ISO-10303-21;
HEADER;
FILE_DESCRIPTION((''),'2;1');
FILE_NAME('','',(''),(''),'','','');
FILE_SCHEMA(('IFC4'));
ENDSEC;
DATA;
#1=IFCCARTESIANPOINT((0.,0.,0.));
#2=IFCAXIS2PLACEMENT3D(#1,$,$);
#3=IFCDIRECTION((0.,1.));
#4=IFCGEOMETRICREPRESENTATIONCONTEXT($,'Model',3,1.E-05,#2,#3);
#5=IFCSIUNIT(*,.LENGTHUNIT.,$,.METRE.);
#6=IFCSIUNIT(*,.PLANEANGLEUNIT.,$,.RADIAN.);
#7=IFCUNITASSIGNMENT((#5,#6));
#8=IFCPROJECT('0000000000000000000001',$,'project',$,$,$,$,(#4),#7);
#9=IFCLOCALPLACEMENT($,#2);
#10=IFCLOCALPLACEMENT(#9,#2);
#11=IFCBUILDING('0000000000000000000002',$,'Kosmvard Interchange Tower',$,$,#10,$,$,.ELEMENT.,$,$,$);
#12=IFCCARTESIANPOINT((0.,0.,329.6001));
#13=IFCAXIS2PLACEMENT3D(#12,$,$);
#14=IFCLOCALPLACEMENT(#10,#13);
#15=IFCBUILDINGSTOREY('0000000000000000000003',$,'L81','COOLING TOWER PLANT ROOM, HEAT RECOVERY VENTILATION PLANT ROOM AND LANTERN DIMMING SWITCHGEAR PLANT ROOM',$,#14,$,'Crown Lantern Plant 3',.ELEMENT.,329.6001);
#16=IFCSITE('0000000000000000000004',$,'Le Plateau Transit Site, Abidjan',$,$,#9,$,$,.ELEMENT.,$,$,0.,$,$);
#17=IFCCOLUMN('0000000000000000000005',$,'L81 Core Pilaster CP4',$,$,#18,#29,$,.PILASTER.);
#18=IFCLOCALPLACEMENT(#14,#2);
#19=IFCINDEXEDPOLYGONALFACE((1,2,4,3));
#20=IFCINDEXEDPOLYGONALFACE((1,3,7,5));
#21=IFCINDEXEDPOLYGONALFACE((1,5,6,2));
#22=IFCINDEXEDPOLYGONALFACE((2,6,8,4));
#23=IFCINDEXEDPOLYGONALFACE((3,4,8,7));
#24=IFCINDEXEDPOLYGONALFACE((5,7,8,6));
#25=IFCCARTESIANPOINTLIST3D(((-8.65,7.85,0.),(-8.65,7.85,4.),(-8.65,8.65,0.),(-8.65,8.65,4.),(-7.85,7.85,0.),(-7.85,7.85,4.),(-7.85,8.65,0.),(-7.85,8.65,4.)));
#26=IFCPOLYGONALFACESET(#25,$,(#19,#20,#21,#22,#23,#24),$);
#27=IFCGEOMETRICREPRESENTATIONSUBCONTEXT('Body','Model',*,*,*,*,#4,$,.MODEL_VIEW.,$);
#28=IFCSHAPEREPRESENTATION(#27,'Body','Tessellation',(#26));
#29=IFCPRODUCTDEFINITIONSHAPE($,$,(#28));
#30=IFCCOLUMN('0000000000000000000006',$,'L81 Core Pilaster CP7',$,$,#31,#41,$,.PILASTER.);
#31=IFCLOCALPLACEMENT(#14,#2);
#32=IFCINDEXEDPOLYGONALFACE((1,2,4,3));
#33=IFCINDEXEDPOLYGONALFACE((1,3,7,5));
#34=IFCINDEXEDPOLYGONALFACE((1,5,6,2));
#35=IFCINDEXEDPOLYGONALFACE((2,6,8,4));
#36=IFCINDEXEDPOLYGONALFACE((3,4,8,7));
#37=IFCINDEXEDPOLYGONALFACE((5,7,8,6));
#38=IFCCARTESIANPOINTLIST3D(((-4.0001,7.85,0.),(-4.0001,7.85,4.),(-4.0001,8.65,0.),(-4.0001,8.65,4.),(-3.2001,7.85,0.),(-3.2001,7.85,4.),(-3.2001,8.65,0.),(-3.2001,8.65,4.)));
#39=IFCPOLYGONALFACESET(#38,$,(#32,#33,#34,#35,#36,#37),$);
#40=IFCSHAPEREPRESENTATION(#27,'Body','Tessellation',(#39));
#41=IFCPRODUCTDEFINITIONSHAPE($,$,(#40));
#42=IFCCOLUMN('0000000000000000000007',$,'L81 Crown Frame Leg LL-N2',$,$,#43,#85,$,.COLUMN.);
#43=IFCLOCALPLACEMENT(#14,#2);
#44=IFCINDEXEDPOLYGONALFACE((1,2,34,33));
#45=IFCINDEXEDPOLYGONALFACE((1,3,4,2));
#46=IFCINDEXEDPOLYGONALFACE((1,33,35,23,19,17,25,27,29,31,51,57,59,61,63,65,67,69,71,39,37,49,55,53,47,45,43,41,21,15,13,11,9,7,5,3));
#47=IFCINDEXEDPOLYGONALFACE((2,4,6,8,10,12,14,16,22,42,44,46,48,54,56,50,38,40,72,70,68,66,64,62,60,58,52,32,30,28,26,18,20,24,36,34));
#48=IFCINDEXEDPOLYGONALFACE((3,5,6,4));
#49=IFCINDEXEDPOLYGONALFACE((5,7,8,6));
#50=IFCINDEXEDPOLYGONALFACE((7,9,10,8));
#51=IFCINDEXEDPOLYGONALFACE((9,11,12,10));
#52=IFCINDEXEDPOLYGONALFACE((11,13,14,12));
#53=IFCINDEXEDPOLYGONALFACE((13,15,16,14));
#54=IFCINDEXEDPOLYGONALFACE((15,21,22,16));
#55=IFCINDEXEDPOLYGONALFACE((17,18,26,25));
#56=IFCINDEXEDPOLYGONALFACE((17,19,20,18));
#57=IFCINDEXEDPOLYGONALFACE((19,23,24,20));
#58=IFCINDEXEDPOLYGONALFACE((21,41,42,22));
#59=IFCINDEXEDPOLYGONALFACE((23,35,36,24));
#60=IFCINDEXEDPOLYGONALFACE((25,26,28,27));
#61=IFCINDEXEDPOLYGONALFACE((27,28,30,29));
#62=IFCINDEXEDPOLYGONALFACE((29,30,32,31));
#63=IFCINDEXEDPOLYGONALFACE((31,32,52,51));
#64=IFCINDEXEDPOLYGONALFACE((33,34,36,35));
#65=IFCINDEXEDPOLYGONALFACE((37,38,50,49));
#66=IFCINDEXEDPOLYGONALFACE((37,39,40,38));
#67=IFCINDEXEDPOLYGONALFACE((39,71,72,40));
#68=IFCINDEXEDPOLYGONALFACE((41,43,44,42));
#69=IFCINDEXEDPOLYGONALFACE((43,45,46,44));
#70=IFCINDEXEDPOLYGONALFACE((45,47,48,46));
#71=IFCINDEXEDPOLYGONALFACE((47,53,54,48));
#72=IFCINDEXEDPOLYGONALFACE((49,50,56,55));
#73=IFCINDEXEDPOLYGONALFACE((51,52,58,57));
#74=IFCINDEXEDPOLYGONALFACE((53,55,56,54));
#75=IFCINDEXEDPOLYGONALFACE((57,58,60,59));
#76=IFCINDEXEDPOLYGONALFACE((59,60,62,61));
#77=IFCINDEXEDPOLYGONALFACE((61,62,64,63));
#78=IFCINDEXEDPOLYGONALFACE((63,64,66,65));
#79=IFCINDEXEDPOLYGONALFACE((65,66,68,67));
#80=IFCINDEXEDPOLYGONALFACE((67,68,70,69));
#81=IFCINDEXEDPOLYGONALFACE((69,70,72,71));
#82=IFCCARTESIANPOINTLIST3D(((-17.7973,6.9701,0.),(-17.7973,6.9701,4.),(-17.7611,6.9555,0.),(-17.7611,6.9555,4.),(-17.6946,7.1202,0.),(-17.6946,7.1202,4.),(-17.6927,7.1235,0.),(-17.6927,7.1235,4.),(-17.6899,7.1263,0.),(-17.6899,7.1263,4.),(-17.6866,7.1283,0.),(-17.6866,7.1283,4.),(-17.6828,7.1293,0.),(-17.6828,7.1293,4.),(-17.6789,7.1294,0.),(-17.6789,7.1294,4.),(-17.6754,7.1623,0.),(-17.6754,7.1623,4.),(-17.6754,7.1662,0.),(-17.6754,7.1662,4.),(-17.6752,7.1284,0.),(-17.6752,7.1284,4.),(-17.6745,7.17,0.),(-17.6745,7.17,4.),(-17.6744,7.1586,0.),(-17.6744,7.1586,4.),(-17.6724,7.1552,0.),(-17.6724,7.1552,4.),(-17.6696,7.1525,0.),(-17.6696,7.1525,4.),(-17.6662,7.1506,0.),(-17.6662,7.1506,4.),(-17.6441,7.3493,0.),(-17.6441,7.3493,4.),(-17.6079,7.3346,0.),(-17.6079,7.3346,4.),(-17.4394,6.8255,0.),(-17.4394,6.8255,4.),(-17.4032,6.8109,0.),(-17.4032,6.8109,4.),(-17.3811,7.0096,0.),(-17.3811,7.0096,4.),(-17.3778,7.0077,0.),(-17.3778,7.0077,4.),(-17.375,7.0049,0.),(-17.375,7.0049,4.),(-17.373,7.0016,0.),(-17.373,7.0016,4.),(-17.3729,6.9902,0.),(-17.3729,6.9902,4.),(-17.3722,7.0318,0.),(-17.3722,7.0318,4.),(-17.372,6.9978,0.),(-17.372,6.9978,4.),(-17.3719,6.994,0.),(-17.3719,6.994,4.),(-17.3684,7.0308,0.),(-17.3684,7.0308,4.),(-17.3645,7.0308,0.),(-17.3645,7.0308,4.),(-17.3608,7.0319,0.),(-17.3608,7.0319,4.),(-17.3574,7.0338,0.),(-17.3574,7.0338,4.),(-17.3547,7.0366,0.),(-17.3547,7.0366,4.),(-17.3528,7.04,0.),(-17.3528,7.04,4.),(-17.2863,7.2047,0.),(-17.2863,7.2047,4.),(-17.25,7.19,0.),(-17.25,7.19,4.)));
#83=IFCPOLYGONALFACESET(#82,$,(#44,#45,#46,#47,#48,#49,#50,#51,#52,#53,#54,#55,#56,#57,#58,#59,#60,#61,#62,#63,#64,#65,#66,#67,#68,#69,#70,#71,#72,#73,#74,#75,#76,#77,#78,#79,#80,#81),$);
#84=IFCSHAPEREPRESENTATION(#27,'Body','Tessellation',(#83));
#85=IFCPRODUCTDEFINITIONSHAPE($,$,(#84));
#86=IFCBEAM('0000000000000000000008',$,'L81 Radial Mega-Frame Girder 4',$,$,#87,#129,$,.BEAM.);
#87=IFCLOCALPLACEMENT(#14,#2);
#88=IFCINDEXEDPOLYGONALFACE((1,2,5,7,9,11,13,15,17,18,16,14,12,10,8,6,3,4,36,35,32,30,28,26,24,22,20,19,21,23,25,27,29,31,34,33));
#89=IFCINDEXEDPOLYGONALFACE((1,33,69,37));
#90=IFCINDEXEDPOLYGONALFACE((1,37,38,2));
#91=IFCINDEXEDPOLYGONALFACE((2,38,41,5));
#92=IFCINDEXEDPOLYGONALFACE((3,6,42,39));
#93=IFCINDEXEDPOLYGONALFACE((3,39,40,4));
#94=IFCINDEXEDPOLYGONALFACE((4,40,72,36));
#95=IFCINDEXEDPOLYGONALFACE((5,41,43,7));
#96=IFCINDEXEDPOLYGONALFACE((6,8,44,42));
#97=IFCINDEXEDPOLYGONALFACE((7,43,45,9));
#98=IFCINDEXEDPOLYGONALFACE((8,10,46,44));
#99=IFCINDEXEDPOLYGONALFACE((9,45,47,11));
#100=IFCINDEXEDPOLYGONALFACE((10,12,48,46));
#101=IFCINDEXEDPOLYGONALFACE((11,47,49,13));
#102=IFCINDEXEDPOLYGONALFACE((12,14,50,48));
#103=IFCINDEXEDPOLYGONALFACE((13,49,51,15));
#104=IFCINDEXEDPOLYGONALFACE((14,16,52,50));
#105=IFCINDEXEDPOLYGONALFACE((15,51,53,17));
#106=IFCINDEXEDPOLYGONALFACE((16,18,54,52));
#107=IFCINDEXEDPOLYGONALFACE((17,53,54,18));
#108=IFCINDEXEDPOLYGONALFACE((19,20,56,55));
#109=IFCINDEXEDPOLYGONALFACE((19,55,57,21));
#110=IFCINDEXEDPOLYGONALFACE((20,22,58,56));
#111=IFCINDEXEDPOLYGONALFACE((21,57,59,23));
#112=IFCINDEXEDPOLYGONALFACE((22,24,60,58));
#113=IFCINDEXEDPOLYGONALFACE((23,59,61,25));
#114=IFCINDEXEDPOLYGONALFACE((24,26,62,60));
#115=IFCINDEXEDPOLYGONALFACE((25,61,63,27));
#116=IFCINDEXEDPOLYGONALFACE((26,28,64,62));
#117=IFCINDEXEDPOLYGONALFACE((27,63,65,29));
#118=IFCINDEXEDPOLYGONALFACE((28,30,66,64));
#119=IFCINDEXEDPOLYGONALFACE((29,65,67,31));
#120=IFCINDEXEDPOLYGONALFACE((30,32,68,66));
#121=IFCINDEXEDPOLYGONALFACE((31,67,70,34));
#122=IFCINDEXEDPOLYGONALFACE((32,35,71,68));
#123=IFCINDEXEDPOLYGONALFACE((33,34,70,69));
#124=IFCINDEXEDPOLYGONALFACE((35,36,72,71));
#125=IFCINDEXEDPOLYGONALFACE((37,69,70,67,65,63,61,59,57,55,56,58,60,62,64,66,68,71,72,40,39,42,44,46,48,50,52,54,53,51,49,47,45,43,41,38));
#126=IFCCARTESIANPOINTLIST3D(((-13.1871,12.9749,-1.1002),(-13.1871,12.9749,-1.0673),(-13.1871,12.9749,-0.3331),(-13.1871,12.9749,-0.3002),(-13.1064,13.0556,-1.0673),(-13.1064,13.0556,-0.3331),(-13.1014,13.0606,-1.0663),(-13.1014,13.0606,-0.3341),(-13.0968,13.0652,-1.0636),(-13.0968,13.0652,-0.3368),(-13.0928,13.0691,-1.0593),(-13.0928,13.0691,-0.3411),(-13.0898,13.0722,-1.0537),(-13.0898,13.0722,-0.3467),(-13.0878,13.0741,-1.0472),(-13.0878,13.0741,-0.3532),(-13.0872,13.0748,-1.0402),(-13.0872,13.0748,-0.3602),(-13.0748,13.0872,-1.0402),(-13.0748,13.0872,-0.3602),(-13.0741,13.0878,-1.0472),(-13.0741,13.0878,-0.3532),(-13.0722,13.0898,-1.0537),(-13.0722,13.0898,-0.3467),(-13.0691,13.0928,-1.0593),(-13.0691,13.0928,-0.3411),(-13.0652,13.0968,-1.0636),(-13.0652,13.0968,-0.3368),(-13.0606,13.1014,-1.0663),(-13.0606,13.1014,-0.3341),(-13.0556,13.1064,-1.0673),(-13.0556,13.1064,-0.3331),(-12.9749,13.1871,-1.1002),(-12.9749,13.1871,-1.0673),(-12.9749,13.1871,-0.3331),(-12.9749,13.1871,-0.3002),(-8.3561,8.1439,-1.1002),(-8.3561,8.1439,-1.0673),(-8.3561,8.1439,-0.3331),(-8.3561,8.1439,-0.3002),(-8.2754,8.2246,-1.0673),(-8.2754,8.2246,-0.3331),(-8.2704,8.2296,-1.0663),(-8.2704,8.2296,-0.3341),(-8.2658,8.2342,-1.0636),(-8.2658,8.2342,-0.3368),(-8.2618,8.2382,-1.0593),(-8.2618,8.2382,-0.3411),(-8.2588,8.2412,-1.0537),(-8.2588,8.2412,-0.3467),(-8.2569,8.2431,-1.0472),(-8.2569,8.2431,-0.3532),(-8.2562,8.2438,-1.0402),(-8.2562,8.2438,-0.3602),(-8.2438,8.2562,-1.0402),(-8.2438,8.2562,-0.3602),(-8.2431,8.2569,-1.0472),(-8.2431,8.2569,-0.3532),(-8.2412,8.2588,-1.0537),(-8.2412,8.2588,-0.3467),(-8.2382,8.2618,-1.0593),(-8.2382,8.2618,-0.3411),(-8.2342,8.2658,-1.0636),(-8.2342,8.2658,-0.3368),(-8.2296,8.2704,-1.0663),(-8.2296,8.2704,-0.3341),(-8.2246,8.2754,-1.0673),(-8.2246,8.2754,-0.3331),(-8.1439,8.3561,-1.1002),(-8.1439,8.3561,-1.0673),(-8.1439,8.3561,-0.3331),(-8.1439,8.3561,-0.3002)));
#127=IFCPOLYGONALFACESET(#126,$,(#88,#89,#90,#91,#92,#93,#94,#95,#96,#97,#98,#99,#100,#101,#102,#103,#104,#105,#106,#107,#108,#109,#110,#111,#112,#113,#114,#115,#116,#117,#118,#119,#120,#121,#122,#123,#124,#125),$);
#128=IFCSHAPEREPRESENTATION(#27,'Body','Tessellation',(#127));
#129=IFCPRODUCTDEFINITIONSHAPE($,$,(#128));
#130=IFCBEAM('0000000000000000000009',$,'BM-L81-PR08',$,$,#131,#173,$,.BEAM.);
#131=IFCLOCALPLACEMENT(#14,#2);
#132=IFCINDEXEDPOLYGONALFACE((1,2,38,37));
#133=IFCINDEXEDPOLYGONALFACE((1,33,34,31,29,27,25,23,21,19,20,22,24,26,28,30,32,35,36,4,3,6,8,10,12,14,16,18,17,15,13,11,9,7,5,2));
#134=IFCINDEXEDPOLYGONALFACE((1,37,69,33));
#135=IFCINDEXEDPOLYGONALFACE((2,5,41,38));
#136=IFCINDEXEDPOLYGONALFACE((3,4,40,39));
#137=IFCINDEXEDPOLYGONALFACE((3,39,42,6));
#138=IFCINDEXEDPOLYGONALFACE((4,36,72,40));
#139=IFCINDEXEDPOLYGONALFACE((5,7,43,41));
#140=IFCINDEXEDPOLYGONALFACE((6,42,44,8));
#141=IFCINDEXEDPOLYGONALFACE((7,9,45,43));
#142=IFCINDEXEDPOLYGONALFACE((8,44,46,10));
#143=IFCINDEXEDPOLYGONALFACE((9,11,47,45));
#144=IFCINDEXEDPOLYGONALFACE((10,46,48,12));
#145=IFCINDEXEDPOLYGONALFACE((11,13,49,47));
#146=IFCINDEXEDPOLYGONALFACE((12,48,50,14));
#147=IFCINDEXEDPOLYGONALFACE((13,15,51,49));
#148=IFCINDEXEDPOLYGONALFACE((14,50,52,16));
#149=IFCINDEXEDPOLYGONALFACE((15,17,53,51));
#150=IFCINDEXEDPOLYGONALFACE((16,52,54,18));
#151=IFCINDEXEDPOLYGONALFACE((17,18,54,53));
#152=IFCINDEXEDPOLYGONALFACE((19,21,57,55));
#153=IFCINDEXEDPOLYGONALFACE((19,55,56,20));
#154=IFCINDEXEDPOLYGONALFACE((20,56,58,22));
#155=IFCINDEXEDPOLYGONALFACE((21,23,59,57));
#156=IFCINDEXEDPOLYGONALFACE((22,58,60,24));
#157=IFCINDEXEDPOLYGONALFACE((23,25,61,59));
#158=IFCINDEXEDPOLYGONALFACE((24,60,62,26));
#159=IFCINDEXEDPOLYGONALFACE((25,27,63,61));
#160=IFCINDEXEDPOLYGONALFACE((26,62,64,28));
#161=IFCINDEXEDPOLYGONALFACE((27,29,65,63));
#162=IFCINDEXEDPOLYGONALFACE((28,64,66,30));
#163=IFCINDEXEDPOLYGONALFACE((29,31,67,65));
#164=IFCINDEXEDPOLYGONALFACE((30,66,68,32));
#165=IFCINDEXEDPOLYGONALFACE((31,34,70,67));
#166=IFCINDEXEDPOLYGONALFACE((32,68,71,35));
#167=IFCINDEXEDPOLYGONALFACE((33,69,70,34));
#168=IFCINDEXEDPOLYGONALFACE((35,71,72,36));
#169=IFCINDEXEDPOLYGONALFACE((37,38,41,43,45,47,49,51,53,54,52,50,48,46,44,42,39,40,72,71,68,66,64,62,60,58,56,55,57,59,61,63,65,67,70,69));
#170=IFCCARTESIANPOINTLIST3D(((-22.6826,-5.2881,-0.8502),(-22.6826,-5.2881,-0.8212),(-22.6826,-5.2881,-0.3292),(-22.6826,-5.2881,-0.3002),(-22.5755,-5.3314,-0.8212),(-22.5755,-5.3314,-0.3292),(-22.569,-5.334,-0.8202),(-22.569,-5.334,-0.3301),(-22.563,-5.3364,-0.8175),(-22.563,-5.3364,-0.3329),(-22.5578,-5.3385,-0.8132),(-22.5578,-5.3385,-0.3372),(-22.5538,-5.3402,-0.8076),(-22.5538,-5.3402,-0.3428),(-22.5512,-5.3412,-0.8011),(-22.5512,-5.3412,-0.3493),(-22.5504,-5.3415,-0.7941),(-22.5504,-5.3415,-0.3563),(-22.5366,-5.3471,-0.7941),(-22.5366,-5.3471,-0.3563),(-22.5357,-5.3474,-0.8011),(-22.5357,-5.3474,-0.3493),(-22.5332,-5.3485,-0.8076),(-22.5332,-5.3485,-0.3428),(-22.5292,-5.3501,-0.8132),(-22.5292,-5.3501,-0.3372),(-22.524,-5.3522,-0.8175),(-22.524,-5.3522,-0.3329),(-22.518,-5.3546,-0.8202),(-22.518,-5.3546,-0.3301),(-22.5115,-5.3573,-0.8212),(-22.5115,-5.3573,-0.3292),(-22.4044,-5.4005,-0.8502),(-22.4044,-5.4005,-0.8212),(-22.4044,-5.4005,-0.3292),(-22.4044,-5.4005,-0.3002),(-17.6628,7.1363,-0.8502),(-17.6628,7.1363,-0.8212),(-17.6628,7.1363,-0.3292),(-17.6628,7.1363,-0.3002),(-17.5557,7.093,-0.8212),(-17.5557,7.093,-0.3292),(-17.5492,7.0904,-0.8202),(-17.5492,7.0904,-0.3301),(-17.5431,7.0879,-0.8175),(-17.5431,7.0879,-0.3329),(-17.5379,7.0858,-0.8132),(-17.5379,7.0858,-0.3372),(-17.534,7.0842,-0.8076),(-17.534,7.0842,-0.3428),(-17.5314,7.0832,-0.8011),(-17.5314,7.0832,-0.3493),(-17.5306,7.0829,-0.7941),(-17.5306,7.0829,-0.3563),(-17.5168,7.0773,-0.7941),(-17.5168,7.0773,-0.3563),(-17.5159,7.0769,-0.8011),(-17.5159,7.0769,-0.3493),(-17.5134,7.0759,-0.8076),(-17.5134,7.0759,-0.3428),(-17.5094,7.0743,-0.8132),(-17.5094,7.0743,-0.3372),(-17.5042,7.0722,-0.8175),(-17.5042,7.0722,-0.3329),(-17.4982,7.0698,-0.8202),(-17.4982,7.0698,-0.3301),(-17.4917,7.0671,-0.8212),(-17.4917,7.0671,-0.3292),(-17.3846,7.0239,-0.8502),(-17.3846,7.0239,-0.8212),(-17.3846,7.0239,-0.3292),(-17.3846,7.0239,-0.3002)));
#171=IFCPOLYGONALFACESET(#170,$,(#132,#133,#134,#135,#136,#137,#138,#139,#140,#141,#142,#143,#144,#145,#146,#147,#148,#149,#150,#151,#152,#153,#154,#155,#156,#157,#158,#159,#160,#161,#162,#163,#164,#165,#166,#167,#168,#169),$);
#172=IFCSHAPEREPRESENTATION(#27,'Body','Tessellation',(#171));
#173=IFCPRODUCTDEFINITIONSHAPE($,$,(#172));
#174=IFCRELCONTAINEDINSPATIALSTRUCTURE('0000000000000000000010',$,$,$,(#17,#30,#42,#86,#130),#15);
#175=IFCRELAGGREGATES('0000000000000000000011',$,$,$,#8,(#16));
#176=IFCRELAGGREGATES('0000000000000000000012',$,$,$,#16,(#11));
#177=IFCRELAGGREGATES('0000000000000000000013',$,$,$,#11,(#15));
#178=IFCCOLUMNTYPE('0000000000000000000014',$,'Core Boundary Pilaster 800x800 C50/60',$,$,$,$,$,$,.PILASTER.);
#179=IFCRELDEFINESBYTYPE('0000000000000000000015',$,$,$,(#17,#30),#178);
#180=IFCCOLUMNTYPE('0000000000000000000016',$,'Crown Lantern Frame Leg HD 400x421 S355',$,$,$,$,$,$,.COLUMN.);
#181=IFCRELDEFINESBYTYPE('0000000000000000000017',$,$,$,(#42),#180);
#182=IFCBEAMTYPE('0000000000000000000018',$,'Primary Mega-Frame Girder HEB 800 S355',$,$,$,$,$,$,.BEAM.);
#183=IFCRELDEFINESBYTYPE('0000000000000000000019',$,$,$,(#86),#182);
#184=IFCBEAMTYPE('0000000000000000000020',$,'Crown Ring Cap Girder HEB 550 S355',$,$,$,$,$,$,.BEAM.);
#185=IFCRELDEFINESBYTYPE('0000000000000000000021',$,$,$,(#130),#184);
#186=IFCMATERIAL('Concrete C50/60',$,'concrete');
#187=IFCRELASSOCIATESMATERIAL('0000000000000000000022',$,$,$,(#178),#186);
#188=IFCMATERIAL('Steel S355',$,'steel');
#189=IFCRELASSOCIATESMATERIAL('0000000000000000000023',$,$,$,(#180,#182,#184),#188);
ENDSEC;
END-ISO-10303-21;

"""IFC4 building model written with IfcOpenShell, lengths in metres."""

from ifc_helpers import new_model, si_unit, direction, frame, origin, origin_2d, place, context, subcontext, project, spatial, rectangle, i_section, extrude, source, transform, mapped, material, material_profile, profile_set, type_object, element, save


model = new_model("IFC4")

# Units and contexts
model_context = context("Model", 3, precision=1e-05, world=origin(), true_north=direction((0.0, 1.0)))
body_context = subcontext(model_context, "Body", "Model", "MODEL_VIEW")
ifc_project = project(units=[si_unit("LENGTHUNIT", "METRE"), si_unit("PLANEANGLEUNIT", "RADIAN")], contexts=[model_context])

# Site, building, storey
site_placement = place(None, origin())
site = spatial("IfcSite", under=ifc_project, at=site_placement, Name="Le Plateau Transit Site, Abidjan", CompositionType="ELEMENT", RefElevation=0.0)
building_placement = place(site_placement, origin())
building = spatial("IfcBuilding", under=site, at=building_placement, Name="Kosmvard Interchange Tower", CompositionType="ELEMENT")
storey_placement = place(building_placement, frame((0.0, 0.0, 329.6001)))
storey = spatial("IfcBuildingStorey", under=building, at=storey_placement, Name="L81", Description="COOLING TOWER PLANT ROOM, HEAT RECOVERY VENTILATION PLANT ROOM AND LANTERN DIMMING SWITCHGEAR PLANT ROOM", LongName="Crown Lantern Plant 3", CompositionType="ELEMENT", Elevation=329.6001)

# Columns
ifc_material_1 = material(Name="Concrete C50/60", Category="concrete")
ifc_material_profile_1 = material_profile(ifc_material_1, rectangle(XDim=0.8, YDim=0.8, at=origin_2d()), Name="CP 800x800")
ifc_profile_set_1 = profile_set([ifc_material_profile_1], Name="Concrete C50/60")
column_type_1 = type_object("IfcColumnType", Name="Core Boundary Pilaster 800x800 C50/60", PredefinedType="PILASTER", material=ifc_profile_set_1)
shared_shape_1 = source(origin(), body_context, "Body", "SweptSolid", [
    extrude(rectangle(XDim=0.8, YDim=0.8, at=origin_2d()), origin(), (0.0, 0.0, 1.0), 4.0),
])
for number, where, z_axis, x_axis, name in (
    (1, (-8.25, 8.25, 0.0), (0.0, 0.0, 1.0), (1.0, 0.0, 0.0), "L81 Core Pilaster CP4"),
    (2, (-3.6001, 8.25, 0.0), (0.0, 0.0, 1.0), (1.0, 0.0, 0.0), "L81 Core Pilaster CP7"),
):
    element("IfcColumn", number, at=place(storey_placement, frame(where, z_axis=z_axis, x_axis=x_axis)), inside=storey, type_object=column_type_1, Name=name, PredefinedType="PILASTER", context=body_context, shape_type="MappedRepresentation", body=[
        mapped(shared_shape_1, transform((0.0, 0.0, 0.0), scale=1.0)),
    ])
ifc_material_2 = material(Name="Steel S355", Category="steel")
ifc_material_profile_2 = material_profile(ifc_material_2, i_section(OverallWidth=0.4089, OverallDepth=0.425, WebThickness=0.0239, FlangeThickness=0.0391, FilletRadius=0.0149, at=origin_2d()), Name="HD 400x421")
ifc_profile_set_2 = profile_set([ifc_material_profile_2], Name="Steel S355")
column_type_2 = type_object("IfcColumnType", Name="Crown Lantern Frame Leg HD 400x421 S355", PredefinedType="COLUMN", material=ifc_profile_set_2)
shared_shape_2 = source(origin(), body_context, "Body", "SweptSolid", [
    extrude(i_section(OverallWidth=0.4089, OverallDepth=0.425, WebThickness=0.0239, FlangeThickness=0.0391, FilletRadius=0.0149, at=origin_2d()), origin(), (0.0, 0.0, 1.0), 4.0),
])
column_placement = place(storey_placement, frame((-17.5237, 7.0801, 0.0), z_axis=(0.0, 0.0, 1.0), x_axis=(0.374607, 0.927184, 0.0)))
element("IfcColumn", 3, at=column_placement, inside=storey, type_object=column_type_2, Name="L81 Crown Frame Leg LL-N2", PredefinedType="COLUMN", context=body_context, shape_type="MappedRepresentation", body=[
    mapped(shared_shape_2, transform((0.0, 0.0, 0.0), scale=1.0)),
])

# Beams
ifc_material_profile_3 = material_profile(ifc_material_2, i_section(OverallWidth=0.3, OverallDepth=0.8, WebThickness=0.0176, FlangeThickness=0.033, FilletRadius=0.0271, at=origin_2d()), Name="HEB 800")
ifc_profile_set_3 = profile_set([ifc_material_profile_3], Name="Steel S355")
beam_type_1 = type_object("IfcBeamType", Name="Primary Mega-Frame Girder HEB 800 S355", PredefinedType="BEAM", material=ifc_profile_set_3)
shared_shape_3 = source(origin(), body_context, "Body", "SweptSolid", [
    extrude(i_section(OverallWidth=0.3, OverallDepth=0.8, WebThickness=0.0176, FlangeThickness=0.033, FilletRadius=0.0271, at=origin_2d()), origin(), (0.0, 0.0, 1.0), 6.832),
])
beam_1_placement = place(storey_placement, frame((-8.25, 8.25, -0.7002), z_axis=(-0.707107, 0.707107, 0.0), x_axis=(-0.707107, -0.707107, 0.0)))
element("IfcBeam", 4, at=beam_1_placement, inside=storey, type_object=beam_type_1, Name="L81 Radial Mega-Frame Girder 4", PredefinedType="BEAM", context=body_context, shape_type="MappedRepresentation", body=[
    mapped(shared_shape_3, transform((0.0, 0.0, 0.0), scale=1.0)),
])
ifc_material_profile_4 = material_profile(ifc_material_2, i_section(OverallWidth=0.3, OverallDepth=0.55, WebThickness=0.0149, FlangeThickness=0.0291, FilletRadius=0.0271, at=origin_2d()), Name="HEB 550")
ifc_profile_set_4 = profile_set([ifc_material_profile_4], Name="Steel S355")
beam_type_2 = type_object("IfcBeamType", Name="Crown Ring Cap Girder HEB 550 S355", PredefinedType="BEAM", material=ifc_profile_set_4)
shared_shape_4 = source(origin(), body_context, "Body", "SweptSolid", [
    extrude(i_section(OverallWidth=0.3, OverallDepth=0.55, WebThickness=0.0149, FlangeThickness=0.0291, FilletRadius=0.0271, at=origin_2d()), origin(), (0.0, 0.0, 1.0), 13.4001),
])
beam_2_placement = place(storey_placement, frame((-17.5237, 7.0801, -0.5752), z_axis=(-0.374608, -0.927183, 0.0), x_axis=(0.927183, -0.374608, 0.0)))
element("IfcBeam", 5, at=beam_2_placement, inside=storey, type_object=beam_type_2, Name="BM-L81-PR08", PredefinedType="BEAM", context=body_context, shape_type="MappedRepresentation", body=[
    mapped(shared_shape_4, transform((0.0, 0.0, 0.0), scale=1.0)),
])

save(model, "model.ifc")
